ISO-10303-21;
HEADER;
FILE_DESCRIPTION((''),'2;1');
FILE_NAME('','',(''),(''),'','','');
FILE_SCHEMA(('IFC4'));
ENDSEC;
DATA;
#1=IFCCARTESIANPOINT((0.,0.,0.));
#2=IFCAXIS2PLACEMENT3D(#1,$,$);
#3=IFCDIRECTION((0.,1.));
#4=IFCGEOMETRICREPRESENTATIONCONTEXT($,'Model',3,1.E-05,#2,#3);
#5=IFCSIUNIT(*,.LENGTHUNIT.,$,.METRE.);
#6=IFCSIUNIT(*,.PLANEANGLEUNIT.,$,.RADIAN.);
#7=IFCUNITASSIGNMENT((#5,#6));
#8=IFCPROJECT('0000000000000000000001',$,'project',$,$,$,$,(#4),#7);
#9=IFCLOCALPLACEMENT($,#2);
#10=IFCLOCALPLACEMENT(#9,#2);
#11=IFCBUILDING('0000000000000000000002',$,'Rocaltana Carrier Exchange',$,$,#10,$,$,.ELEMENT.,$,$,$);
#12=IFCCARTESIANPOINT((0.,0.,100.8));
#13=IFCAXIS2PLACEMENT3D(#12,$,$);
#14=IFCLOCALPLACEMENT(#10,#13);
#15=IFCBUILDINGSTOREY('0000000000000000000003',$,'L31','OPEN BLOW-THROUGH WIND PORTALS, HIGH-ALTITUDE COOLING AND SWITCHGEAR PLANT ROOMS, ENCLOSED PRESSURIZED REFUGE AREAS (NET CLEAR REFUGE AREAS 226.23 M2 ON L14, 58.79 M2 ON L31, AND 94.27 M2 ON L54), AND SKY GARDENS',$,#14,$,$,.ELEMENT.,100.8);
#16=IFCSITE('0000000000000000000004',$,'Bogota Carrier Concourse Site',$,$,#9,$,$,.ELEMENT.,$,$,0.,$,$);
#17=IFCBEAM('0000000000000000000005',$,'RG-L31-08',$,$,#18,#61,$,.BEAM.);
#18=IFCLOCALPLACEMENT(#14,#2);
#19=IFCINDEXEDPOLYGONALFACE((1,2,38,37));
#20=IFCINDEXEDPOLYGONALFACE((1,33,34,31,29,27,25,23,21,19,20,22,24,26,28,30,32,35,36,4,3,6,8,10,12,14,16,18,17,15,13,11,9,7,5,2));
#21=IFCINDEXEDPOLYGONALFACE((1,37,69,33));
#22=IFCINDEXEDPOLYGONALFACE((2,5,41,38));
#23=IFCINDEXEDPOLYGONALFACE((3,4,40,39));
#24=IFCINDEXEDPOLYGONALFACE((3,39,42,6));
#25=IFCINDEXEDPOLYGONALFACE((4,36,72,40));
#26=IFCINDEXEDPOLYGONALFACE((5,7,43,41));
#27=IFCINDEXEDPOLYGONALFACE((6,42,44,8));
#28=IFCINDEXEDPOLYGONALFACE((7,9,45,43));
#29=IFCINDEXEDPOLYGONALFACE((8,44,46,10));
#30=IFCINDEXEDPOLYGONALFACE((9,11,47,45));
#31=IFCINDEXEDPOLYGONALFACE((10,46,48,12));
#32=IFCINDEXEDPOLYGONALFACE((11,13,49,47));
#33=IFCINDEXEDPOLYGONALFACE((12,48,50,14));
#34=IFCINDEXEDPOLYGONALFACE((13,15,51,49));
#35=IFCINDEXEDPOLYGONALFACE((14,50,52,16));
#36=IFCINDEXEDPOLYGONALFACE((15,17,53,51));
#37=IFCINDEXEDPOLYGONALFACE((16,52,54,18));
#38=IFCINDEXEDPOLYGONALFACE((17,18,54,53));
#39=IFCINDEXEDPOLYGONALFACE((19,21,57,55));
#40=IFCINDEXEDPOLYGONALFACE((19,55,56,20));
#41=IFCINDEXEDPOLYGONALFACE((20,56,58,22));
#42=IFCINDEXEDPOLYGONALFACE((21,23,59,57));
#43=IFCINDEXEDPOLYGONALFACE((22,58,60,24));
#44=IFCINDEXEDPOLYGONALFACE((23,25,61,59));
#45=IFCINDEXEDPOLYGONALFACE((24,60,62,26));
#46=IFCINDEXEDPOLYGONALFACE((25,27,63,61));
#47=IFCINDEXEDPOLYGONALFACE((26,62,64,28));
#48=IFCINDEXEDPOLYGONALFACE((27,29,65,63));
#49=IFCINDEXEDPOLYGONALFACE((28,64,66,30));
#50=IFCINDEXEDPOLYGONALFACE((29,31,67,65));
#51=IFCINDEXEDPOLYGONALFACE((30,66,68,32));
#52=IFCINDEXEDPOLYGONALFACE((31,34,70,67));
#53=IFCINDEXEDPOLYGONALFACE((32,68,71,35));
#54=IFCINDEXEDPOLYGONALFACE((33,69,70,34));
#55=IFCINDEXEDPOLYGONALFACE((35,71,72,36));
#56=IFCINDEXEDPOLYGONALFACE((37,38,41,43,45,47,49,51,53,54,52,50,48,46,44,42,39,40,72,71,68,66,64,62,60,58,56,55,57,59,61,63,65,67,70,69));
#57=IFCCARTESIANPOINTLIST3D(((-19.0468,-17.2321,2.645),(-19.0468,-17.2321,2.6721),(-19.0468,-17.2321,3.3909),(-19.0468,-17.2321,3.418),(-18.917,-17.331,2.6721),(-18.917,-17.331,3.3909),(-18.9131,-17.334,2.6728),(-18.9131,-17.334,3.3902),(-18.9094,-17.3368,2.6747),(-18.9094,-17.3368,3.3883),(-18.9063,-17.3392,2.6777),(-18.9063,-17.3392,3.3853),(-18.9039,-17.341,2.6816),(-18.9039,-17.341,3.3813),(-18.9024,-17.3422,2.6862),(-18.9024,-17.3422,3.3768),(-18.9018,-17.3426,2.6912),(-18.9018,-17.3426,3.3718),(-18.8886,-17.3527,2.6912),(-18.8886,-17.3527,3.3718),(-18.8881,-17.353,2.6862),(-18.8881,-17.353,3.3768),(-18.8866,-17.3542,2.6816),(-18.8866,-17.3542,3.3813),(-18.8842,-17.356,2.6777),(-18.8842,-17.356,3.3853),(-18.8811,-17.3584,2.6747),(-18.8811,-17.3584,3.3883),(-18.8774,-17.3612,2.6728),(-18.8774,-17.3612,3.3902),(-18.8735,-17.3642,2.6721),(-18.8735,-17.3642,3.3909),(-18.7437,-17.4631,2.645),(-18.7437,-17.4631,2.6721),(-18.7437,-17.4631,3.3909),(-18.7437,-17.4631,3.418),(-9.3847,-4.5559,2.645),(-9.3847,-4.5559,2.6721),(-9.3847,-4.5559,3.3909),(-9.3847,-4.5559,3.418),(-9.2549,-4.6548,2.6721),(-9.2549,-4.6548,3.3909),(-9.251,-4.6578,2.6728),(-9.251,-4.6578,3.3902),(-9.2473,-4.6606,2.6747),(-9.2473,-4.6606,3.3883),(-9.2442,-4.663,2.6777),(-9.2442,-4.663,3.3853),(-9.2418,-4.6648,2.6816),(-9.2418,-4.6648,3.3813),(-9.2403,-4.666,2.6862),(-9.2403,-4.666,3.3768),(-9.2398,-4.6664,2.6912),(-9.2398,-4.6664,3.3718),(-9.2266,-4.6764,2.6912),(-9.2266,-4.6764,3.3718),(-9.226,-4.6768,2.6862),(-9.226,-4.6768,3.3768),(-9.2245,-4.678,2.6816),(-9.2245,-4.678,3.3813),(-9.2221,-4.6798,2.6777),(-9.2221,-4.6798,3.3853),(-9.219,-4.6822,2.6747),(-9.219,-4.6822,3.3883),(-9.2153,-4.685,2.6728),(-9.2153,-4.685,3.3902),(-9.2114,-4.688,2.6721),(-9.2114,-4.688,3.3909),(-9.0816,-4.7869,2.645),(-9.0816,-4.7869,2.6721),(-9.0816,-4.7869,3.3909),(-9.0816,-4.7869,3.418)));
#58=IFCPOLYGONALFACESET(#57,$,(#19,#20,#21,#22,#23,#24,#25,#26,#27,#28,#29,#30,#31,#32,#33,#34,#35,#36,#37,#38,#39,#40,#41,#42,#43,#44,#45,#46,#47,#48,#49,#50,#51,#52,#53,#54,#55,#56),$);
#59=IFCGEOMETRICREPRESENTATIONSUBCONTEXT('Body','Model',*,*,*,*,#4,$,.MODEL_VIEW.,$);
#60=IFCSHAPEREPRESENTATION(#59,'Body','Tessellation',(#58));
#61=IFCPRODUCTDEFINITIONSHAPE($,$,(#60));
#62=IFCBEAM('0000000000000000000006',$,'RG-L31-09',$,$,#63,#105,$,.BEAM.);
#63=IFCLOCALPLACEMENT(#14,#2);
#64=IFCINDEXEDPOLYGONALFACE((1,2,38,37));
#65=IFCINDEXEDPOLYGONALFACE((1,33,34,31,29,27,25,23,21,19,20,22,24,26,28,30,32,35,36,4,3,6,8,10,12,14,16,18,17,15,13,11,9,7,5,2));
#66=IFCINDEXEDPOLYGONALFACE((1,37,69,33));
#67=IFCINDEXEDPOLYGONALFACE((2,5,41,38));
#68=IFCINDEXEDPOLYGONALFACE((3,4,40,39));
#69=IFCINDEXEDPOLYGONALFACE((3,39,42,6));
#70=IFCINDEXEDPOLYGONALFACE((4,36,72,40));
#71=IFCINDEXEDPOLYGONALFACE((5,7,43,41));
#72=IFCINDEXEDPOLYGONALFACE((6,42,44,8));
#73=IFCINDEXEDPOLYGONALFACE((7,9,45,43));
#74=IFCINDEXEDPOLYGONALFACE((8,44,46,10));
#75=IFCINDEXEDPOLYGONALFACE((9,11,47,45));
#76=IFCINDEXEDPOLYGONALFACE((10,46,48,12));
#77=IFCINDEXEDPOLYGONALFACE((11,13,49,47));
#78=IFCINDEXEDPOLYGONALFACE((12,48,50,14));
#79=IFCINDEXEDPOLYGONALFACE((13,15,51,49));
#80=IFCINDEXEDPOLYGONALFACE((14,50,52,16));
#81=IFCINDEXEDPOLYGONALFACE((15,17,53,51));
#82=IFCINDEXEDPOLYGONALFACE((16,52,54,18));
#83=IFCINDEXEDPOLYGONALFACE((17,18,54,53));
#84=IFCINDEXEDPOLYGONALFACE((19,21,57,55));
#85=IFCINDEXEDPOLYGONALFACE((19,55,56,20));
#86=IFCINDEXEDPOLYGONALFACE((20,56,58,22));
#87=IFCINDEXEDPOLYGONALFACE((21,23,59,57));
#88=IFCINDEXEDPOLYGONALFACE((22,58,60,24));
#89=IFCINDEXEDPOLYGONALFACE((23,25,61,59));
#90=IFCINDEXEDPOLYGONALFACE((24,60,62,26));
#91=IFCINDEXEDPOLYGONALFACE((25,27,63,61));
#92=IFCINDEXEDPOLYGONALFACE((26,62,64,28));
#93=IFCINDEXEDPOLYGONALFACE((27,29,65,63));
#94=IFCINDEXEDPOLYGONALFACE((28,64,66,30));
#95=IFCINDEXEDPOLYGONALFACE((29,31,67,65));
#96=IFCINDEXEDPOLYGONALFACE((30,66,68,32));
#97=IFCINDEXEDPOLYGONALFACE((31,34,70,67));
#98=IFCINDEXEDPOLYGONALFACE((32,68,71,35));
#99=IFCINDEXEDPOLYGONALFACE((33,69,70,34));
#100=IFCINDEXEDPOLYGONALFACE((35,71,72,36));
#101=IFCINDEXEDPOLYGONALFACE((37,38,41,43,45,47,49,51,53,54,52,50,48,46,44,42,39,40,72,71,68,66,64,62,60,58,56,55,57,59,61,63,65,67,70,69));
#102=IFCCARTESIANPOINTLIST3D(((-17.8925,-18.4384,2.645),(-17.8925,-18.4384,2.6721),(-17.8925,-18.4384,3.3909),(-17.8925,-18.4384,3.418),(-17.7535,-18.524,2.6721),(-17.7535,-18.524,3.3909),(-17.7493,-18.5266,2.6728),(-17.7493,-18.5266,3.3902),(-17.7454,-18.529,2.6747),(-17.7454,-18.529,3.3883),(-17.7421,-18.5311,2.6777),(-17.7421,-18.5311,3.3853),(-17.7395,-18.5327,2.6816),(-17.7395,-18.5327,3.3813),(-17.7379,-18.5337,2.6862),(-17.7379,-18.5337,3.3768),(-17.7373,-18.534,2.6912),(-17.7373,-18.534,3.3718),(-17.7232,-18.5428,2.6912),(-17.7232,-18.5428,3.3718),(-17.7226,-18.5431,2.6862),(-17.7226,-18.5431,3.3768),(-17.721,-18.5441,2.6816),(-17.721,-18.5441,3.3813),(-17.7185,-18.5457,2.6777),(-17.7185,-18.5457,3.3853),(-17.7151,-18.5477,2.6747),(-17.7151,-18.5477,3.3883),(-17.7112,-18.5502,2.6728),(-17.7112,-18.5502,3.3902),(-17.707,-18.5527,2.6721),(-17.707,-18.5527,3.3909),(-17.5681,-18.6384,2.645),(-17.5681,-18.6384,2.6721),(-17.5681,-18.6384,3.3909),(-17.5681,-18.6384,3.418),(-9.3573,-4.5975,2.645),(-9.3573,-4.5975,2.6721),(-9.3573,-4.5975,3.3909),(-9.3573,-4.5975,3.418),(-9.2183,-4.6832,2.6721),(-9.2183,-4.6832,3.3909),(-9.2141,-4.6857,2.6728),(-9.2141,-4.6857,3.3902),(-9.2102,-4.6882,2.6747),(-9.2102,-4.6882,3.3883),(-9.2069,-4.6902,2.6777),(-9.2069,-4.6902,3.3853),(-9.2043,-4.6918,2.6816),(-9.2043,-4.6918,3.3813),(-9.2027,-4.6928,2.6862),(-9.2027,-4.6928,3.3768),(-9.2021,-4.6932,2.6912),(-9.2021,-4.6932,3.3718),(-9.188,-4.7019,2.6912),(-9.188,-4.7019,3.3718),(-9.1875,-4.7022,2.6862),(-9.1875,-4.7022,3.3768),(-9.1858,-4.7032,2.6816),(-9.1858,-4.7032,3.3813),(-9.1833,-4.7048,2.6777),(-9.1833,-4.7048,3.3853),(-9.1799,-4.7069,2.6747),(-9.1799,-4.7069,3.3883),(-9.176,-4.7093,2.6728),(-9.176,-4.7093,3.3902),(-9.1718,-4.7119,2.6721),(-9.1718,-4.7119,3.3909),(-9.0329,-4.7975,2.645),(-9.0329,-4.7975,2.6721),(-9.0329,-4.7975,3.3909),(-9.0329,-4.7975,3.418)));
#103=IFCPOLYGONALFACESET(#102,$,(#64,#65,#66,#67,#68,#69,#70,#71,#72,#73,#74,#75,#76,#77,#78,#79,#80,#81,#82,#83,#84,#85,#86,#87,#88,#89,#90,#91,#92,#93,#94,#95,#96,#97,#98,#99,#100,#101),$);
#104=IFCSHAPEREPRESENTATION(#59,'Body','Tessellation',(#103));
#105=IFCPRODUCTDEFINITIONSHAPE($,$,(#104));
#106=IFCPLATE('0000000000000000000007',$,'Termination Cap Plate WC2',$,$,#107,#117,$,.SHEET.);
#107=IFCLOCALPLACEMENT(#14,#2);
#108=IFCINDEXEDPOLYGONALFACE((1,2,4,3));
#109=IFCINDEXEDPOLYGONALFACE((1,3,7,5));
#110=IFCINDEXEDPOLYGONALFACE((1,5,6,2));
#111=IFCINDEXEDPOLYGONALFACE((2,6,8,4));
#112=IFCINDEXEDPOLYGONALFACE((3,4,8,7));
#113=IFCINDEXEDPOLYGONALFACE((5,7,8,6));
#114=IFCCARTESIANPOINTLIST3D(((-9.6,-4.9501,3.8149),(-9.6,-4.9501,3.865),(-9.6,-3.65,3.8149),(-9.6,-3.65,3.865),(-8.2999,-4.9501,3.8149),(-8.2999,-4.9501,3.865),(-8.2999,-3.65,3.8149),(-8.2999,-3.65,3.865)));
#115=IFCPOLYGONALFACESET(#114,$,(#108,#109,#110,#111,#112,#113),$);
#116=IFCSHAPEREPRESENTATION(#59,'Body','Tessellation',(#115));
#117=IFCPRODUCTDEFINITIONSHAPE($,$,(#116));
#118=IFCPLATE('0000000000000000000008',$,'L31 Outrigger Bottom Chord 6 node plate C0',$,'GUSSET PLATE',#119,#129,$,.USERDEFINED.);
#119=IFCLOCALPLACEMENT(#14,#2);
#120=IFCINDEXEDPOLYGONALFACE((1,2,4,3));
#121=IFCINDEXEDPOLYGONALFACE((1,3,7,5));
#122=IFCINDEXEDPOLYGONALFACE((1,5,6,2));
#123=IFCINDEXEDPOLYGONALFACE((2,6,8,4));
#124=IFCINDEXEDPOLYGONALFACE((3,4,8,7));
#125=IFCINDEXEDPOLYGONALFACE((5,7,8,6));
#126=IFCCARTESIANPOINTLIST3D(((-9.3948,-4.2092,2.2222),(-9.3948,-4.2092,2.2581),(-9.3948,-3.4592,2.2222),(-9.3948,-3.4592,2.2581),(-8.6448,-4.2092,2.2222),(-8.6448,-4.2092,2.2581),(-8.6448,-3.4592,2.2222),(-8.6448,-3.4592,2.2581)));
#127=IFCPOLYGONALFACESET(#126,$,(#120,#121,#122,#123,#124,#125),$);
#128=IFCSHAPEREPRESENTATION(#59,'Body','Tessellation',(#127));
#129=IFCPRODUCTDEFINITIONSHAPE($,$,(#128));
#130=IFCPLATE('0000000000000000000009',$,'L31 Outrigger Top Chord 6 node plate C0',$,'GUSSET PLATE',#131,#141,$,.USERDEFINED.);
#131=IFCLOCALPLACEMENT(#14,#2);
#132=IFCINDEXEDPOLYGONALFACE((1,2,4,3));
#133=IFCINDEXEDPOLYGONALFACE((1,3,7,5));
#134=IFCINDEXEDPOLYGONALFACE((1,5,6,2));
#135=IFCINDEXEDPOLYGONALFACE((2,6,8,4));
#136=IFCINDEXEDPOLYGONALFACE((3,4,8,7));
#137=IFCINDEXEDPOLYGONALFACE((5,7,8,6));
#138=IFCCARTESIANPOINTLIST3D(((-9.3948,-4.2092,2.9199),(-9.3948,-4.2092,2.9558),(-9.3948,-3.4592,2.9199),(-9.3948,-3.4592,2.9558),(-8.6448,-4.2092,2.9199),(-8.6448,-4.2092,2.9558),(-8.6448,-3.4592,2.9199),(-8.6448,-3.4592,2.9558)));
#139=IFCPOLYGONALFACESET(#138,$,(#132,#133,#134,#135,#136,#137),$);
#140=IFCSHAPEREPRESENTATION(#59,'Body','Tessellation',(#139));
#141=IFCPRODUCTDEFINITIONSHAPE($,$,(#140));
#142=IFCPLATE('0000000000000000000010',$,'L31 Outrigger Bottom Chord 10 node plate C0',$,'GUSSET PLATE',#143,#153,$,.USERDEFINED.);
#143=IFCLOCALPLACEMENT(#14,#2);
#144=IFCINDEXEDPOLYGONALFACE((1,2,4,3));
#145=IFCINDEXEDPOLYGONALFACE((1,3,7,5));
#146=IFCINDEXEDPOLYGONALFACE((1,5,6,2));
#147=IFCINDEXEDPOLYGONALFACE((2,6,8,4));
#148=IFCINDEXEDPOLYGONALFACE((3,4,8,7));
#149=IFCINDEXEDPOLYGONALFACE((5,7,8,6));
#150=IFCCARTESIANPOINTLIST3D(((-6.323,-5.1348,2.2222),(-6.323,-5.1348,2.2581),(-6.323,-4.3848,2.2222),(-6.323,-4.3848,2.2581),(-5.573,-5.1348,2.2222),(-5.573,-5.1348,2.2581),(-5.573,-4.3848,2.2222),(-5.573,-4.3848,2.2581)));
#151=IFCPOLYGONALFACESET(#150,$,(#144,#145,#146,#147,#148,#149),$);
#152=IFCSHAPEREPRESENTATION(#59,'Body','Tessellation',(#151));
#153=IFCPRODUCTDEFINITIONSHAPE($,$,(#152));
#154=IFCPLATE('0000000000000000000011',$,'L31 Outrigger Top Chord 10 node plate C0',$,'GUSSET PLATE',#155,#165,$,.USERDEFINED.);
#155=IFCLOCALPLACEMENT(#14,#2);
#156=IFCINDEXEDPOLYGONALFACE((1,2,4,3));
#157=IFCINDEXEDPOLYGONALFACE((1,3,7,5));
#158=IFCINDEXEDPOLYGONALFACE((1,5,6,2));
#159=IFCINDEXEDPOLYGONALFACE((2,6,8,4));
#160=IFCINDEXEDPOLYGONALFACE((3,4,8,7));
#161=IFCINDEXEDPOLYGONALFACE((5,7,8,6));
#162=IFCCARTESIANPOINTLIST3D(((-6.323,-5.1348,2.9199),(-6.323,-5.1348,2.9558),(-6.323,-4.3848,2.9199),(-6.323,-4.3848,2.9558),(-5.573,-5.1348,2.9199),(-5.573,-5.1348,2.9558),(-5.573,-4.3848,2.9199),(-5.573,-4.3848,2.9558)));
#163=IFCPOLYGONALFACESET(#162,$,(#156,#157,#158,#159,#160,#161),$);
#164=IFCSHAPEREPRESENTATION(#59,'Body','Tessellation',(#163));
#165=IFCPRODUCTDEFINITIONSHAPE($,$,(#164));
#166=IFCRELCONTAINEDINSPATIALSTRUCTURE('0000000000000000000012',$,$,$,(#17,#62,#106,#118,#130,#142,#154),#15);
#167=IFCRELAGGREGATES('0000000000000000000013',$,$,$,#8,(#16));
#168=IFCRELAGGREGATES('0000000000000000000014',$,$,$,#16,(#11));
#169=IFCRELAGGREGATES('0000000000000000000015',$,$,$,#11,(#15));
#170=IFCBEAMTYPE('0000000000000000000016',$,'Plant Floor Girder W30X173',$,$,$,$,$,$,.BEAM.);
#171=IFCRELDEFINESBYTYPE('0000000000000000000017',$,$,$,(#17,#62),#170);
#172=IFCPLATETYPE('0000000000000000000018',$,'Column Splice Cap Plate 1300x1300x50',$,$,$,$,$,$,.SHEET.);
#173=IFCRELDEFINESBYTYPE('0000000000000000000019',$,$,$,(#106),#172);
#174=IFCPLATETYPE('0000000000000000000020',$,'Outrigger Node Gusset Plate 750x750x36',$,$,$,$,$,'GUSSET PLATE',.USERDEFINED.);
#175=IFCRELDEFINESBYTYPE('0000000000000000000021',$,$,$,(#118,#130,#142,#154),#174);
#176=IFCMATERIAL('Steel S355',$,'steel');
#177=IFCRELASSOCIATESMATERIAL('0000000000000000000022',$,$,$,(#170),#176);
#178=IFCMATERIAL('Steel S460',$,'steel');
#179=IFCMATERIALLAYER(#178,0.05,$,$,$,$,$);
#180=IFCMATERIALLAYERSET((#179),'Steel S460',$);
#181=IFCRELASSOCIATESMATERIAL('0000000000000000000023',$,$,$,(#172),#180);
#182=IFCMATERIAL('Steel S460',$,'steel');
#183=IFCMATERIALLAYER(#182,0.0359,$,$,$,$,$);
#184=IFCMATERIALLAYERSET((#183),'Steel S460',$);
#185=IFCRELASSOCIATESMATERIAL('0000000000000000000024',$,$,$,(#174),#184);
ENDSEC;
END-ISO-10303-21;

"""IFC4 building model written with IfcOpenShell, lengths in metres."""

from ifc_helpers import new_model, si_unit, direction, frame, origin, origin_2d, place, context, subcontext, project, spatial, rectangle, i_section, extrude, material, layer, layer_set, material_profile, profile_set, type_object, element, save


model = new_model("IFC4")

# Units and contexts
model_context = context("Model", 3, precision=1e-05, world=origin(), true_north=direction((0.0, 1.0)))
body_context = subcontext(model_context, "Body", "Model", "MODEL_VIEW")
ifc_project = project(units=[si_unit("LENGTHUNIT", "METRE"), si_unit("PLANEANGLEUNIT", "RADIAN")], contexts=[model_context])

# Site, building, storey
site_placement = place(None, origin())
site = spatial("IfcSite", under=ifc_project, at=site_placement, Name="Bogota Carrier Concourse Site", CompositionType="ELEMENT", RefElevation=0.0)
building_placement = place(site_placement, origin())
building = spatial("IfcBuilding", under=site, at=building_placement, Name="Rocaltana Carrier Exchange", CompositionType="ELEMENT")
storey_placement = place(building_placement, frame((0.0, 0.0, 100.8)))
storey = spatial("IfcBuildingStorey", under=building, at=storey_placement, Name="L31", Description="OPEN BLOW-THROUGH WIND PORTALS, HIGH-ALTITUDE COOLING AND SWITCHGEAR PLANT ROOMS, ENCLOSED PRESSURIZED REFUGE AREAS (NET CLEAR REFUGE AREAS 226.23 M2 ON L14, 58.79 M2 ON L31, AND 94.27 M2 ON L54), AND SKY GARDENS", CompositionType="ELEMENT", Elevation=100.8)

# Beams
ifc_material_1 = material(Name="Steel S355", Category="steel")
ifc_material_profile_1 = material_profile(ifc_material_1, i_section(OverallWidth=0.3811, OverallDepth=0.7729, WebThickness=0.0166, FlangeThickness=0.0271, FilletRadius=0.019, at=origin_2d()), Name="W30X173")
ifc_profile_set_1 = profile_set([ifc_material_profile_1], Name="Steel S355")
beam_type_1 = type_object("IfcBeamType", Name="Plant Floor Girder W30X173", PredefinedType="BEAM", material=ifc_profile_set_1)
beam_1_placement = place(storey_placement, frame((-9.2332, -4.6714, 3.0315), z_axis=(-0.606202, -0.795311, 0.0), x_axis=(0.795311, -0.606202, 0.0)))
element("IfcBeam", 1, at=beam_1_placement, inside=storey, type_object=beam_type_1, Name="RG-L31-08", PredefinedType="BEAM", context=body_context, shape_type="SweptSolid", body=[
    extrude(i_section(OverallWidth=0.3811, OverallDepth=0.7729, WebThickness=0.0166, FlangeThickness=0.0271, FilletRadius=0.019, at=origin_2d()), origin(), (0.0, 0.0, 1.0), 15.9387),
])
beam_2_placement = place(storey_placement, frame((-9.1951, -4.6975, 3.0315), z_axis=(-0.524888, -0.851171, 0.0), x_axis=(0.851171, -0.524888, 0.0)))
element("IfcBeam", 2, at=beam_2_placement, inside=storey, type_object=beam_type_1, Name="RG-L31-09", PredefinedType="BEAM", context=body_context, shape_type="SweptSolid", body=[
    extrude(i_section(OverallWidth=0.3811, OverallDepth=0.7729, WebThickness=0.0166, FlangeThickness=0.0271, FilletRadius=0.019, at=origin_2d()), origin(), (0.0, 0.0, 1.0), 16.261),
])

# Plates
ifc_material_2 = material(Name="Steel S460", Category="steel")
ifc_layer_1 = layer(ifc_material_2, 0.05)
ifc_layer_set_1 = layer_set([ifc_layer_1], Name="Steel S460")
plate_type_1 = type_object("IfcPlateType", Name="Column Splice Cap Plate 1300x1300x50", PredefinedType="SHEET", material=ifc_layer_set_1)
plate_placement = place(storey_placement, frame((-8.95, -4.3, 3.8149), z_axis=(0.0, 0.0, 1.0), x_axis=(1.0, 0.0, 0.0)))
element("IfcPlate", 3, at=plate_placement, inside=storey, type_object=plate_type_1, Name="Termination Cap Plate WC2", PredefinedType="SHEET", context=body_context, shape_type="SweptSolid", body=[
    extrude(rectangle(XDim=1.3, YDim=1.3, at=origin_2d()), origin(), (0.0, 0.0, 1.0), 0.05),
])
ifc_material_3 = material(Name="Steel S460", Category="steel")
ifc_layer_2 = layer(ifc_material_3, 0.0359)
ifc_layer_set_2 = layer_set([ifc_layer_2], Name="Steel S460")
plate_type_2 = type_object("IfcPlateType", Name="Outrigger Node Gusset Plate 750x750x36", ElementType="GUSSET PLATE", PredefinedType="USERDEFINED", material=ifc_layer_set_2)
for number, where, z_axis, x_axis, name in (
    (4, (-9.0198, -3.8342, 2.2222), (0.0, 0.0, 1.0), (1.0, 0.0, 0.0), "L31 Outrigger Bottom Chord 6 node plate C0"),
    (5, (-9.0198, -3.8342, 2.9199), (0.0, 0.0, 1.0), (1.0, 0.0, 0.0), "L31 Outrigger Top Chord 6 node plate C0"),
    (6, (-5.948, -4.7598, 2.2222), (0.0, 0.0, 1.0), (1.0, 0.0, 0.0), "L31 Outrigger Bottom Chord 10 node plate C0"),
    (7, (-5.948, -4.7598, 2.9199), (0.0, 0.0, 1.0), (1.0, 0.0, 0.0), "L31 Outrigger Top Chord 10 node plate C0"),
):
    element("IfcPlate", number, at=place(storey_placement, frame(where, z_axis=z_axis, x_axis=x_axis)), inside=storey, type_object=plate_type_2, Name=name, ObjectType="GUSSET PLATE", PredefinedType="USERDEFINED", context=body_context, shape_type="SweptSolid", body=[
        extrude(rectangle(XDim=0.75, YDim=0.75, at=origin_2d()), origin(), (0.0, 0.0, 1.0), 0.0359),
    ])

save(model, "model.ifc")
